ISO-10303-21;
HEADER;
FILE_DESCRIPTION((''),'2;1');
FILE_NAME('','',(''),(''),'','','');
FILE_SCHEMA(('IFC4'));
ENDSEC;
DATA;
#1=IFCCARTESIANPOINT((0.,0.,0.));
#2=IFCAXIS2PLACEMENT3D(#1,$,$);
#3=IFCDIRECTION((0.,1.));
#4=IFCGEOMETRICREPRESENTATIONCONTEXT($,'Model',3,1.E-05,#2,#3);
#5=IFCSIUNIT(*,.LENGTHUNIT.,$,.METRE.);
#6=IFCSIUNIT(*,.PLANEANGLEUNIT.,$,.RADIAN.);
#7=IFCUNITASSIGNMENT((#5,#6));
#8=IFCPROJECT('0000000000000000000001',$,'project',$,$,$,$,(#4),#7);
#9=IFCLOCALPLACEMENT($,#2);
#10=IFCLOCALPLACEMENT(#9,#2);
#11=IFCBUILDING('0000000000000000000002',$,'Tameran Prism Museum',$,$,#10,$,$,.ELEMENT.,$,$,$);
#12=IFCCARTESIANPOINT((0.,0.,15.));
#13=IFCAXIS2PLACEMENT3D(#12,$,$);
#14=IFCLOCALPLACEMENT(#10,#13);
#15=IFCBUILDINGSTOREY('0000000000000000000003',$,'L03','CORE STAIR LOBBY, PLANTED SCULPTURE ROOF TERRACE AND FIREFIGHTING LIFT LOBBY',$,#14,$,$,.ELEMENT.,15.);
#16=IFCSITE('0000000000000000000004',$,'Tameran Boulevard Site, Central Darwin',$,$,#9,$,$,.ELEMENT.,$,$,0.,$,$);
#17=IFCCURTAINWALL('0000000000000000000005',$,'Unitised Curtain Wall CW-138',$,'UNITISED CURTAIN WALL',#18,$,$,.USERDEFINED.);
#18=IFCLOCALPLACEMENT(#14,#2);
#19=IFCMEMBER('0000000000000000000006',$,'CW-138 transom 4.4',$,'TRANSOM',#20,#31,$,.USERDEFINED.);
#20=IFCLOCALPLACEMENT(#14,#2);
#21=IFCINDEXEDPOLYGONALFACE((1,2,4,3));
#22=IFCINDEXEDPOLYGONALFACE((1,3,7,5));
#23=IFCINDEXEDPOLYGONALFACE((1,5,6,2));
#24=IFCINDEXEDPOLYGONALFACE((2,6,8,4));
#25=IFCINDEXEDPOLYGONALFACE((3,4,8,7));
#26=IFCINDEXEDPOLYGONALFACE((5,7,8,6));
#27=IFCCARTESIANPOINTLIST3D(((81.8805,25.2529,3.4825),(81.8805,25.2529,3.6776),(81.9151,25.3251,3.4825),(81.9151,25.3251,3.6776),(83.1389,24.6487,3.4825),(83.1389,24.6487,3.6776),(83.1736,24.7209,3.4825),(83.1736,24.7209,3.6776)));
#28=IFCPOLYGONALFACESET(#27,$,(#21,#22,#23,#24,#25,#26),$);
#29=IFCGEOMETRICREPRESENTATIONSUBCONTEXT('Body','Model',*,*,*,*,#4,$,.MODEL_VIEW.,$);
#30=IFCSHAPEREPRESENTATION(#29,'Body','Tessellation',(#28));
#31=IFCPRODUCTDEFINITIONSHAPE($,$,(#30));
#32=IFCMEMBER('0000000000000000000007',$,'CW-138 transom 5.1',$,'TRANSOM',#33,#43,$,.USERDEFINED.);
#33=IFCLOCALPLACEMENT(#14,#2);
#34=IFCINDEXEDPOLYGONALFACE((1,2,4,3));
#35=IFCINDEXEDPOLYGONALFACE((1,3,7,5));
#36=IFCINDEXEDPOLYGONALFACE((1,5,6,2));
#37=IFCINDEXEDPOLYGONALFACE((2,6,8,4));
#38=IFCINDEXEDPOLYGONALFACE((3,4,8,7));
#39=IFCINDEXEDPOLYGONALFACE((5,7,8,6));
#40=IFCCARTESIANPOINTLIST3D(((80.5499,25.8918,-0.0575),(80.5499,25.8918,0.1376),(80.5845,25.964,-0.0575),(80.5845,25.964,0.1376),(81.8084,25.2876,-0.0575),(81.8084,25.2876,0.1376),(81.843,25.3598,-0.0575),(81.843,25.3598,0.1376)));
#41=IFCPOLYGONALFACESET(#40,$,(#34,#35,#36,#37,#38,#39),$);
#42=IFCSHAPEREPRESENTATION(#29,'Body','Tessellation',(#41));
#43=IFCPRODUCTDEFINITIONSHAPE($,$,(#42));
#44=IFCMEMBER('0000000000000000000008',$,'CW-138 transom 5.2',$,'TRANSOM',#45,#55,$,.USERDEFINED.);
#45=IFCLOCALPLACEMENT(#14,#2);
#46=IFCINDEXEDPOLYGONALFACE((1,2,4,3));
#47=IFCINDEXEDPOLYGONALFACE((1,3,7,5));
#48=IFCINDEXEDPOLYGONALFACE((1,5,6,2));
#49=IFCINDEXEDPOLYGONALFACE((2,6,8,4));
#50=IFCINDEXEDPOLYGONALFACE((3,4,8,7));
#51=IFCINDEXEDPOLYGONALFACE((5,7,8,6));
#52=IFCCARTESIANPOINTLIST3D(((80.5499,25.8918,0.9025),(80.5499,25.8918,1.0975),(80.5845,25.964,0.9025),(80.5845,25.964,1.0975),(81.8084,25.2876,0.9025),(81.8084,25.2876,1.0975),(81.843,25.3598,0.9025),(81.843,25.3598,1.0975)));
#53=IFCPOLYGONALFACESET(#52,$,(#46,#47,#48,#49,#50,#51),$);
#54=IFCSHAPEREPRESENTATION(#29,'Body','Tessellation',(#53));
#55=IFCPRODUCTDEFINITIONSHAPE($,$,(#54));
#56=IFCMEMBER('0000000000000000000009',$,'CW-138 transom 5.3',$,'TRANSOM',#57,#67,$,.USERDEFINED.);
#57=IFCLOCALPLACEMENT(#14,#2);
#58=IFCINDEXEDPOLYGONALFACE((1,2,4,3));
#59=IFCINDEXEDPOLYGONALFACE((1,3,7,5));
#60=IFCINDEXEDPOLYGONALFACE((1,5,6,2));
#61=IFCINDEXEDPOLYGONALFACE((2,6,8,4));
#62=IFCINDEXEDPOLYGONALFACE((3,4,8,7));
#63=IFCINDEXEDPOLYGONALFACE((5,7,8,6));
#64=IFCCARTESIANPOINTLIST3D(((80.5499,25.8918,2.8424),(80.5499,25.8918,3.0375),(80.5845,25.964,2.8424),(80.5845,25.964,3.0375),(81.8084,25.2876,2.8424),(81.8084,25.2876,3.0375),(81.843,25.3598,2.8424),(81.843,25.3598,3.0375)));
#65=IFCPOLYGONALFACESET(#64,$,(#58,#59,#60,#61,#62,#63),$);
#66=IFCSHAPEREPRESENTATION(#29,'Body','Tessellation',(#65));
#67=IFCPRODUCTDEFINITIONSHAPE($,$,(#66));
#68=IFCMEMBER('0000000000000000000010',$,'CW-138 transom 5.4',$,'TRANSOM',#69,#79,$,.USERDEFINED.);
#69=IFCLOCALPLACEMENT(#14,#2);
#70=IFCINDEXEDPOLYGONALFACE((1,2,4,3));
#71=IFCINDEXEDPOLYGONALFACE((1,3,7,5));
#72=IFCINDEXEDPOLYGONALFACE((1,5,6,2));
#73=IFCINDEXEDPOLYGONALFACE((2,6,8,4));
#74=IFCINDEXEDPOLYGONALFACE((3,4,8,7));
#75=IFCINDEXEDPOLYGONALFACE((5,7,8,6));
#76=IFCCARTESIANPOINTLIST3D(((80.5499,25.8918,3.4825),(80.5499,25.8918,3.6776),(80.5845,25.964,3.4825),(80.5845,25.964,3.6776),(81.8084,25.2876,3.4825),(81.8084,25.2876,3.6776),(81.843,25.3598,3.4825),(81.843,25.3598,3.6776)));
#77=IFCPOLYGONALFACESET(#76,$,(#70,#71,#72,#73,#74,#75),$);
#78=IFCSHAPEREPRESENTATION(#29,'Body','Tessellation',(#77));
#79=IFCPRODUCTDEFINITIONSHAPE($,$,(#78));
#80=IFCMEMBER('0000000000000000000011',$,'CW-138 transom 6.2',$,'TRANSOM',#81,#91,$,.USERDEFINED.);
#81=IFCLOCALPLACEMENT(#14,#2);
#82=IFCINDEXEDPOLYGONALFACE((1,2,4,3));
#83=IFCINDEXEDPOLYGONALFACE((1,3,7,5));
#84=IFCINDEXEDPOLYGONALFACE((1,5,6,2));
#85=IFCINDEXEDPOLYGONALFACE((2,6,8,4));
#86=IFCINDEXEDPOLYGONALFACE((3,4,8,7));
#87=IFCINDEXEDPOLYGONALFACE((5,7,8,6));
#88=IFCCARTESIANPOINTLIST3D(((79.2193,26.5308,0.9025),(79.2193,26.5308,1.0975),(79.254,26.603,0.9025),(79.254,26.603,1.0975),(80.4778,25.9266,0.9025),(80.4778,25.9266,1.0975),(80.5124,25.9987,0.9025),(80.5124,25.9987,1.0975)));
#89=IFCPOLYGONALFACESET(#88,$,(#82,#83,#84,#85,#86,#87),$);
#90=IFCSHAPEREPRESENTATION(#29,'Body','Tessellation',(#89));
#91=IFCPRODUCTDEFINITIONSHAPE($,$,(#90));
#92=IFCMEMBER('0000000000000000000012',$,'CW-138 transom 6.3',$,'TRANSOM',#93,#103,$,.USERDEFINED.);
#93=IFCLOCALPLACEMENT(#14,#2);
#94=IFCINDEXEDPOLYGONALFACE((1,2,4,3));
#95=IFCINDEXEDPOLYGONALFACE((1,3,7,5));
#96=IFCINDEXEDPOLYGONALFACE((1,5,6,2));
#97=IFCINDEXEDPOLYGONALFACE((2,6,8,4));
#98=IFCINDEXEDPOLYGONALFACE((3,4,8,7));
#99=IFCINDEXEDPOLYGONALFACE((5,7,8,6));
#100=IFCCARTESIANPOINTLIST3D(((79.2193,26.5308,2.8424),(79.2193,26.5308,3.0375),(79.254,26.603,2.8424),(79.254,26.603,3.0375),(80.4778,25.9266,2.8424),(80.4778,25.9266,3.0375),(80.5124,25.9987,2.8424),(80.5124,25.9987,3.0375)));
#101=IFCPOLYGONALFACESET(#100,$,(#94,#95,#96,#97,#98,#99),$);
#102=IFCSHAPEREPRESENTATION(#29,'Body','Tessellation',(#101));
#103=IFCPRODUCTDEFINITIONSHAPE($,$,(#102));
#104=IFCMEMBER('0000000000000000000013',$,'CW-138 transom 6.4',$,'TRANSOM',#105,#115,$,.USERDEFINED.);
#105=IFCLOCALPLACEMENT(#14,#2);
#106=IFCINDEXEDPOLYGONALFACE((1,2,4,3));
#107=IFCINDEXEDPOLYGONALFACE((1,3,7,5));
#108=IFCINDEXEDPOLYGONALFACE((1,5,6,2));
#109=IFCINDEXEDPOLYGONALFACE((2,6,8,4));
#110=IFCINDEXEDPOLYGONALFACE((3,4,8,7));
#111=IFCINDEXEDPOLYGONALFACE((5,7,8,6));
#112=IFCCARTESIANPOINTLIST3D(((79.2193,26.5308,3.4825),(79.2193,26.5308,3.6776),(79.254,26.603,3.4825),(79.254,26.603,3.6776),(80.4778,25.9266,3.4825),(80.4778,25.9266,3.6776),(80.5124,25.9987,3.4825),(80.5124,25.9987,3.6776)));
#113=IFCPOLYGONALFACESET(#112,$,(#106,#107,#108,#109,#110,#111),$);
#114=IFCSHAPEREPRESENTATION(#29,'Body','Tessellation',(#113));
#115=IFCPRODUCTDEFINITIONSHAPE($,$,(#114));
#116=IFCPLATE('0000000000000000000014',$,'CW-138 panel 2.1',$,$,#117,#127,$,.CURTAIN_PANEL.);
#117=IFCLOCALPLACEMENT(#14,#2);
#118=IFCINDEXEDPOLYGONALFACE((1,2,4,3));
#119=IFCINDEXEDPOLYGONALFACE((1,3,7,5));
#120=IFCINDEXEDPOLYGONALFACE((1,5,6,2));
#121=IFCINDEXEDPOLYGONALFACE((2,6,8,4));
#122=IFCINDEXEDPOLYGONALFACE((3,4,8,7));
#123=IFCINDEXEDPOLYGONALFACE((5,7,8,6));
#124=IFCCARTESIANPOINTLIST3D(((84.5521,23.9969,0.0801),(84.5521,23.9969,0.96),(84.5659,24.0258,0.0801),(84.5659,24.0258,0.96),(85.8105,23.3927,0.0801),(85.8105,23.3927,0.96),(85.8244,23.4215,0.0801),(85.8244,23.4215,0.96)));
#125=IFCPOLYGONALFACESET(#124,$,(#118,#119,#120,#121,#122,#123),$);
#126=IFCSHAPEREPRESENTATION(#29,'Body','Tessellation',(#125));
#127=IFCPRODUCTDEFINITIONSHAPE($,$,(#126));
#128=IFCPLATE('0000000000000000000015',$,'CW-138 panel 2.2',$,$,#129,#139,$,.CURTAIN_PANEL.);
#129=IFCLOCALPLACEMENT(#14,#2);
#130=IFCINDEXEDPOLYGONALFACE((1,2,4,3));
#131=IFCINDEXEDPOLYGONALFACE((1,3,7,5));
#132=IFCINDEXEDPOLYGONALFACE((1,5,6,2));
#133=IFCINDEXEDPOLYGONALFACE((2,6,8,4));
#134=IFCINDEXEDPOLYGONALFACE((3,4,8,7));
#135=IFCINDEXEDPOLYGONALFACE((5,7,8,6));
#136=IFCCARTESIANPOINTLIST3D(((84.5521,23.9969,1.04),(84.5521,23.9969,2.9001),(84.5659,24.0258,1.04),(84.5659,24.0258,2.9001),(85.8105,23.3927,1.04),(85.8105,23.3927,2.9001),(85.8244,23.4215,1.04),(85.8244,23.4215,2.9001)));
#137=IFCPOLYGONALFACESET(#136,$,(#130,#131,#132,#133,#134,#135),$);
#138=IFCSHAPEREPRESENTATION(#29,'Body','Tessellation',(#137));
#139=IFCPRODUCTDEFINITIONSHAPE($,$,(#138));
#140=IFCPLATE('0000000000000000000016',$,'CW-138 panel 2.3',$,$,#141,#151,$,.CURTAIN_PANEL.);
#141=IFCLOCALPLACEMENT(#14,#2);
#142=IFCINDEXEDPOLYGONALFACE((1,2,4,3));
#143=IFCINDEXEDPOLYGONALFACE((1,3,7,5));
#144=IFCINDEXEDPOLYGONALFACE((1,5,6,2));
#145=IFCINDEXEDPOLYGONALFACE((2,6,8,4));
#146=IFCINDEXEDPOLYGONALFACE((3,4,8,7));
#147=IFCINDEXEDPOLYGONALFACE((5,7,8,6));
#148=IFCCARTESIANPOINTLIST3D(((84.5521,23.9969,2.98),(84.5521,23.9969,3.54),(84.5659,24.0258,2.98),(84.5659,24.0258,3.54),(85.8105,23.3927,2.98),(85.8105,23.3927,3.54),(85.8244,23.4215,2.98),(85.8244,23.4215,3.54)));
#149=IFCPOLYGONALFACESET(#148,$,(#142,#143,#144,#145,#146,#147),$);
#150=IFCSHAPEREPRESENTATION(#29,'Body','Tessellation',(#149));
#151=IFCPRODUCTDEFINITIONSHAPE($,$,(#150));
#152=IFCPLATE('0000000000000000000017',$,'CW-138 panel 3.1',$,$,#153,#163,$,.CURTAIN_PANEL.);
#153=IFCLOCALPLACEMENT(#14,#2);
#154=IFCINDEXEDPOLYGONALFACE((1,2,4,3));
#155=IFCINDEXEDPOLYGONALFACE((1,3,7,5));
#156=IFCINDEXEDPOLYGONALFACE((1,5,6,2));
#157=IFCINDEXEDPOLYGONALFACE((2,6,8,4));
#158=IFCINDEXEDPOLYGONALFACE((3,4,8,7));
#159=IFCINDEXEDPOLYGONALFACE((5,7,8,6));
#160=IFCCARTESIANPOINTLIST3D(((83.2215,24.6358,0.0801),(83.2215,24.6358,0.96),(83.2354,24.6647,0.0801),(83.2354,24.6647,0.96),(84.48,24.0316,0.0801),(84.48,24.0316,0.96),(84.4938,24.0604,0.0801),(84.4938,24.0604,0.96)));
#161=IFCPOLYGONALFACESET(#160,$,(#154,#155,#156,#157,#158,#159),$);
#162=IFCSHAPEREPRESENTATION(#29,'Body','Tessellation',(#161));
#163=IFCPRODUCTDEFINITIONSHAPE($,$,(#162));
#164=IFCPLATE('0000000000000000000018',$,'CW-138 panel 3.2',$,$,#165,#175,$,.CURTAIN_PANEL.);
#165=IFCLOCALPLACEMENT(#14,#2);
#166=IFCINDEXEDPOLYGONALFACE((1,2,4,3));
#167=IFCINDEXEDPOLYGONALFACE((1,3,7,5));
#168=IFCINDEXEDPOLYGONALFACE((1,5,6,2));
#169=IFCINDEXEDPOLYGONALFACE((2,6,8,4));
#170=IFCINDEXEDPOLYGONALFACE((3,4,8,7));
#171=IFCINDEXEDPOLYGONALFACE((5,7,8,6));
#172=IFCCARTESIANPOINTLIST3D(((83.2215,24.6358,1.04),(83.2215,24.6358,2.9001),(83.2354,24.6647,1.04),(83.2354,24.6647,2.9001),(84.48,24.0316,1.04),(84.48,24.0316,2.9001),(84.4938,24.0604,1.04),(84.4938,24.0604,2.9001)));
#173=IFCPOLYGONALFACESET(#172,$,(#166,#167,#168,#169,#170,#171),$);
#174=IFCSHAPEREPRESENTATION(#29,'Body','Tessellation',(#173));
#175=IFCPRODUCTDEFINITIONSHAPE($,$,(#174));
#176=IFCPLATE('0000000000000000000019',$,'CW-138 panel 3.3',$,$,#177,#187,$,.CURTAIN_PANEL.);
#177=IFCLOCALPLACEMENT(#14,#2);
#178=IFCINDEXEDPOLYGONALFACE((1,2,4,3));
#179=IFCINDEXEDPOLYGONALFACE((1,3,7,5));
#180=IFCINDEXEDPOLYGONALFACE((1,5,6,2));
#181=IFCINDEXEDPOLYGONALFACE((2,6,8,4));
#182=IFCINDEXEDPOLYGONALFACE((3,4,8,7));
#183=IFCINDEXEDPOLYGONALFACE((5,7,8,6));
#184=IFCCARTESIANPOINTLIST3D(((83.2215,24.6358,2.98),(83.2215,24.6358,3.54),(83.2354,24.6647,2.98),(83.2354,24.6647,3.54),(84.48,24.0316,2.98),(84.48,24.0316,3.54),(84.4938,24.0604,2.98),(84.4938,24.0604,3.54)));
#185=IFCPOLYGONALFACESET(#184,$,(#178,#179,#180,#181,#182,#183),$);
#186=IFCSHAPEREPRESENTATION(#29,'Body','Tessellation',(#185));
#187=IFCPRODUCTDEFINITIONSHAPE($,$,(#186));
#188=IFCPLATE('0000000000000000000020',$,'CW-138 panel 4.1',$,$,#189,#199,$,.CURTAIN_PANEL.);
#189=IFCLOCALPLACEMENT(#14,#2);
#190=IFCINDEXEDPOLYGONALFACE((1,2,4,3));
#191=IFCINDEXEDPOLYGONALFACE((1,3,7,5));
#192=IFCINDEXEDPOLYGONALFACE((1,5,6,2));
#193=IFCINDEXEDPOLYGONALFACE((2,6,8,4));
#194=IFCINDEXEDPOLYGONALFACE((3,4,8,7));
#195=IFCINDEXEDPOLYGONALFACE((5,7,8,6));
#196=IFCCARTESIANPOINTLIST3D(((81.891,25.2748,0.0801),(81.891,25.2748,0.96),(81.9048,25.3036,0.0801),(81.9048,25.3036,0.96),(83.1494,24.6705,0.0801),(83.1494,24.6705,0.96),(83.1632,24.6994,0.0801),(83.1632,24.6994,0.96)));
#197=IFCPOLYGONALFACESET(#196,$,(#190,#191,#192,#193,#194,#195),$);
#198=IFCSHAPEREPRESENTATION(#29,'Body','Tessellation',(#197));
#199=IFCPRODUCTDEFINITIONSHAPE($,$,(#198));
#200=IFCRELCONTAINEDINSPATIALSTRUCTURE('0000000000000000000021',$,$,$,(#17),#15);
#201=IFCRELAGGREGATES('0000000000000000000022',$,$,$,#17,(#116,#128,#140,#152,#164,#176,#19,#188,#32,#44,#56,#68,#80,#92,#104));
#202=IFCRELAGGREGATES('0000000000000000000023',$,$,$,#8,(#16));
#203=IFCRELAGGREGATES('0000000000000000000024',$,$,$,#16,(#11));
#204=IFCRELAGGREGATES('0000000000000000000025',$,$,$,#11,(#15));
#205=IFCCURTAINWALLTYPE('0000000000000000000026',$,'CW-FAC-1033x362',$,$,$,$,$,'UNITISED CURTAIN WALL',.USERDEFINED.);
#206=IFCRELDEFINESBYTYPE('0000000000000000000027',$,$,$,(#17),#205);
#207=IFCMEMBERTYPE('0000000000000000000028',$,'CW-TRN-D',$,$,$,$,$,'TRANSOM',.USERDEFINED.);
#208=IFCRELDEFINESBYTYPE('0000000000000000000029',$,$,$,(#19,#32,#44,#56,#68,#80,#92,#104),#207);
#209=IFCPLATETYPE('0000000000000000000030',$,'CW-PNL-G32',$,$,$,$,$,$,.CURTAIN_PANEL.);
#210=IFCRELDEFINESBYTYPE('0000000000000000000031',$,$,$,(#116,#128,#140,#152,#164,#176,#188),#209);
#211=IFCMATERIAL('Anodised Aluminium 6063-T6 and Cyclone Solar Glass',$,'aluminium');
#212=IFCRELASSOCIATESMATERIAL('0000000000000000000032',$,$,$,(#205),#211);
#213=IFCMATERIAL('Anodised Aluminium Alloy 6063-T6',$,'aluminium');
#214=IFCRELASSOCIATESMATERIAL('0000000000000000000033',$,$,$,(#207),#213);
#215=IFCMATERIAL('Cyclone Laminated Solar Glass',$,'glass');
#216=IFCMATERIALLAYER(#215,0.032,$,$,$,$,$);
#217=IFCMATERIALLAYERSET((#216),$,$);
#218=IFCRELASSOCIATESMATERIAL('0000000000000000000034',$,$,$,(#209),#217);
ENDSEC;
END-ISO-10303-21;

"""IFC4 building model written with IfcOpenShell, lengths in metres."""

from ifc_helpers import new_model, si_unit, direction, frame, origin, origin_2d, place, context, subcontext, project, spatial, rectangle, extrude, material, layer, layer_set, material_profile, profile_set, type_object, element, aggregate, save


model = new_model("IFC4")

# Units and contexts
model_context = context("Model", 3, precision=1e-05, world=origin(), true_north=direction((0.0, 1.0)))
body_context = subcontext(model_context, "Body", "Model", "MODEL_VIEW")
ifc_project = project(units=[si_unit("LENGTHUNIT", "METRE"), si_unit("PLANEANGLEUNIT", "RADIAN")], contexts=[model_context])

# Site, building, storey
site_placement = place(None, origin())
site = spatial("IfcSite", under=ifc_project, at=site_placement, Name="Tameran Boulevard Site, Central Darwin", CompositionType="ELEMENT", RefElevation=0.0)
building_placement = place(site_placement, origin())
building = spatial("IfcBuilding", under=site, at=building_placement, Name="Tameran Prism Museum", CompositionType="ELEMENT")
storey_placement = place(building_placement, frame((0.0, 0.0, 15.0)))
storey = spatial("IfcBuildingStorey", under=building, at=storey_placement, Name="L03", Description="CORE STAIR LOBBY, PLANTED SCULPTURE ROOF TERRACE AND FIREFIGHTING LIFT LOBBY", CompositionType="ELEMENT", Elevation=15.0)

# Curtain wall, members, plates
ifc_material_1 = material(Name="Anodised Aluminium 6063-T6 and Cyclone Solar Glass", Category="aluminium")
curtain_wall_type = type_object("IfcCurtainWallType", Name="CW-FAC-1033x362", ElementType="UNITISED CURTAIN WALL", PredefinedType="USERDEFINED", material=ifc_material_1)
curtain_wall_placement = place(storey_placement, origin())
curtain_wall = element("IfcCurtainWall", 1, at=curtain_wall_placement, inside=storey, type_object=curtain_wall_type, Name="Unitised Curtain Wall CW-138", ObjectType="UNITISED CURTAIN WALL", PredefinedType="USERDEFINED")
ifc_material_2 = material(Name="Anodised Aluminium Alloy 6063-T6", Category="aluminium")
ifc_material_profile_1 = material_profile(ifc_material_2, rectangle(XDim=0.0801, YDim=0.1951, at=origin_2d()))
ifc_profile_set_1 = profile_set([ifc_material_profile_1])
member_type_1 = type_object("IfcMemberType", Name="CW-TRN-D", ElementType="TRANSOM", PredefinedType="USERDEFINED", material=ifc_profile_set_1)
member_1_placement = place(storey_placement, frame((83.1562, 24.6848, 3.5801), z_axis=(-0.901482, 0.432816, 0.0), x_axis=(-0.432816, -0.901482, 0.0)))
member_1 = element("IfcMember", 2, at=member_1_placement, type_object=member_type_1, Name="CW-138 transom 4.4", ObjectType="TRANSOM", PredefinedType="USERDEFINED", context=body_context, shape_type="SweptSolid", body=[
    extrude(rectangle(XDim=0.0801, YDim=0.1951, at=origin_2d()), origin(), (0.0, 0.0, 1.0), 1.396),
])
member_2_placement = place(storey_placement, frame((81.8257, 25.3237, 0.04), z_axis=(-0.901482, 0.432816, 0.0), x_axis=(-0.432816, -0.901482, 0.0)))
member_2 = element("IfcMember", 3, at=member_2_placement, type_object=member_type_1, Name="CW-138 transom 5.1", ObjectType="TRANSOM", PredefinedType="USERDEFINED", context=body_context, shape_type="SweptSolid", body=[
    extrude(rectangle(XDim=0.0801, YDim=0.1951, at=origin_2d()), origin(), (0.0, 0.0, 1.0), 1.396),
])
member_3_placement = place(storey_placement, frame((81.8257, 25.3237, 1.0), z_axis=(-0.901482, 0.432816, 0.0), x_axis=(-0.432816, -0.901482, 0.0)))
member_3 = element("IfcMember", 4, at=member_3_placement, type_object=member_type_1, Name="CW-138 transom 5.2", ObjectType="TRANSOM", PredefinedType="USERDEFINED", context=body_context, shape_type="SweptSolid", body=[
    extrude(rectangle(XDim=0.0801, YDim=0.1951, at=origin_2d()), origin(), (0.0, 0.0, 1.0), 1.396),
])
member_4_placement = place(storey_placement, frame((81.8257, 25.3237, 2.9399), z_axis=(-0.901482, 0.432816, 0.0), x_axis=(-0.432816, -0.901482, 0.0)))
member_4 = element("IfcMember", 5, at=member_4_placement, type_object=member_type_1, Name="CW-138 transom 5.3", ObjectType="TRANSOM", PredefinedType="USERDEFINED", context=body_context, shape_type="SweptSolid", body=[
    extrude(rectangle(XDim=0.0801, YDim=0.1951, at=origin_2d()), origin(), (0.0, 0.0, 1.0), 1.396),
])
member_5_placement = place(storey_placement, frame((81.8257, 25.3237, 3.5801), z_axis=(-0.901482, 0.432816, 0.0), x_axis=(-0.432816, -0.901482, 0.0)))
member_5 = element("IfcMember", 6, at=member_5_placement, type_object=member_type_1, Name="CW-138 transom 5.4", ObjectType="TRANSOM", PredefinedType="USERDEFINED", context=body_context, shape_type="SweptSolid", body=[
    extrude(rectangle(XDim=0.0801, YDim=0.1951, at=origin_2d()), origin(), (0.0, 0.0, 1.0), 1.396),
])
member_6_placement = place(storey_placement, frame((80.4951, 25.9626, 1.0), z_axis=(-0.901482, 0.432816, 0.0), x_axis=(-0.432816, -0.901482, 0.0)))
member_6 = element("IfcMember", 7, at=member_6_placement, type_object=member_type_1, Name="CW-138 transom 6.2", ObjectType="TRANSOM", PredefinedType="USERDEFINED", context=body_context, shape_type="SweptSolid", body=[
    extrude(rectangle(XDim=0.0801, YDim=0.1951, at=origin_2d()), origin(), (0.0, 0.0, 1.0), 1.396),
])
member_7_placement = place(storey_placement, frame((80.4951, 25.9626, 2.9399), z_axis=(-0.901482, 0.432816, 0.0), x_axis=(-0.432816, -0.901482, 0.0)))
member_7 = element("IfcMember", 8, at=member_7_placement, type_object=member_type_1, Name="CW-138 transom 6.3", ObjectType="TRANSOM", PredefinedType="USERDEFINED", context=body_context, shape_type="SweptSolid", body=[
    extrude(rectangle(XDim=0.0801, YDim=0.1951, at=origin_2d()), origin(), (0.0, 0.0, 1.0), 1.396),
])
member_8_placement = place(storey_placement, frame((80.4951, 25.9626, 3.5801), z_axis=(-0.901482, 0.432816, 0.0), x_axis=(-0.432816, -0.901482, 0.0)))
member_8 = element("IfcMember", 9, at=member_8_placement, type_object=member_type_1, Name="CW-138 transom 6.4", ObjectType="TRANSOM", PredefinedType="USERDEFINED", context=body_context, shape_type="SweptSolid", body=[
    extrude(rectangle(XDim=0.0801, YDim=0.1951, at=origin_2d()), origin(), (0.0, 0.0, 1.0), 1.396),
])
ifc_material_3 = material(Name="Cyclone Laminated Solar Glass", Category="glass")
ifc_layer_1 = layer(ifc_material_3, 0.032)
ifc_layer_set_1 = layer_set([ifc_layer_1])
plate_type = type_object("IfcPlateType", Name="CW-PNL-G32", PredefinedType="CURTAIN_PANEL", material=ifc_layer_set_1)
plate_1_placement = place(storey_placement, frame((85.1882, 23.7092, 0.0801), z_axis=(0.0, 0.0, 1.0), x_axis=(-0.901475, 0.432832, 0.0)))
plate_1 = element("IfcPlate", 10, at=plate_1_placement, type_object=plate_type, Name="CW-138 panel 2.1", PredefinedType="CURTAIN_PANEL", context=body_context, shape_type="SweptSolid", body=[
    extrude(rectangle(XDim=1.396, YDim=0.032, at=origin_2d()), origin(), (0.0, 0.0, 1.0), 0.8799),
])
plate_2_placement = place(storey_placement, frame((85.1882, 23.7092, 1.04), z_axis=(0.0, 0.0, 1.0), x_axis=(-0.901475, 0.432832, 0.0)))
plate_2 = element("IfcPlate", 11, at=plate_2_placement, type_object=plate_type, Name="CW-138 panel 2.2", PredefinedType="CURTAIN_PANEL", context=body_context, shape_type="SweptSolid", body=[
    extrude(rectangle(XDim=1.396, YDim=0.032, at=origin_2d()), origin(), (0.0, 0.0, 1.0), 1.8601),
])
plate_3_placement = place(storey_placement, frame((85.1882, 23.7092, 2.98), z_axis=(0.0, 0.0, 1.0), x_axis=(-0.901475, 0.432832, 0.0)))
plate_3 = element("IfcPlate", 12, at=plate_3_placement, type_object=plate_type, Name="CW-138 panel 2.3", PredefinedType="CURTAIN_PANEL", context=body_context, shape_type="SweptSolid", body=[
    extrude(rectangle(XDim=1.396, YDim=0.032, at=origin_2d()), origin(), (0.0, 0.0, 1.0), 0.5601),
])
plate_4_placement = place(storey_placement, frame((83.8577, 24.3481, 0.0801), z_axis=(0.0, 0.0, 1.0), x_axis=(-0.901475, 0.432832, 0.0)))
plate_4 = element("IfcPlate", 13, at=plate_4_placement, type_object=plate_type, Name="CW-138 panel 3.1", PredefinedType="CURTAIN_PANEL", context=body_context, shape_type="SweptSolid", body=[
    extrude(rectangle(XDim=1.396, YDim=0.032, at=origin_2d()), origin(), (0.0, 0.0, 1.0), 0.8799),
])
plate_5_placement = place(storey_placement, frame((83.8577, 24.3481, 1.04), z_axis=(0.0, 0.0, 1.0), x_axis=(-0.901475, 0.432832, 0.0)))
plate_5 = element("IfcPlate", 14, at=plate_5_placement, type_object=plate_type, Name="CW-138 panel 3.2", PredefinedType="CURTAIN_PANEL", context=body_context, shape_type="SweptSolid", body=[
    extrude(rectangle(XDim=1.396, YDim=0.032, at=origin_2d()), origin(), (0.0, 0.0, 1.0), 1.8601),
])
plate_6_placement = place(storey_placement, frame((83.8577, 24.3481, 2.98), z_axis=(0.0, 0.0, 1.0), x_axis=(-0.901475, 0.432832, 0.0)))
plate_6 = element("IfcPlate", 15, at=plate_6_placement, type_object=plate_type, Name="CW-138 panel 3.3", PredefinedType="CURTAIN_PANEL", context=body_context, shape_type="SweptSolid", body=[
    extrude(rectangle(XDim=1.396, YDim=0.032, at=origin_2d()), origin(), (0.0, 0.0, 1.0), 0.5601),
])
plate_7_placement = place(storey_placement, frame((82.5271, 24.9871, 0.0801), z_axis=(0.0, 0.0, 1.0), x_axis=(-0.901475, 0.432832, 0.0)))
plate_7 = element("IfcPlate", 16, at=plate_7_placement, type_object=plate_type, Name="CW-138 panel 4.1", PredefinedType="CURTAIN_PANEL", context=body_context, shape_type="SweptSolid", body=[
    extrude(rectangle(XDim=1.396, YDim=0.032, at=origin_2d()), origin(), (0.0, 0.0, 1.0), 0.8799),
])
aggregate(curtain_wall, [plate_1, plate_2, plate_3, plate_4, plate_5, plate_6, member_1, plate_7, member_2, member_3, member_4, member_5, member_6, member_7, member_8])

save(model, "model.ifc")
